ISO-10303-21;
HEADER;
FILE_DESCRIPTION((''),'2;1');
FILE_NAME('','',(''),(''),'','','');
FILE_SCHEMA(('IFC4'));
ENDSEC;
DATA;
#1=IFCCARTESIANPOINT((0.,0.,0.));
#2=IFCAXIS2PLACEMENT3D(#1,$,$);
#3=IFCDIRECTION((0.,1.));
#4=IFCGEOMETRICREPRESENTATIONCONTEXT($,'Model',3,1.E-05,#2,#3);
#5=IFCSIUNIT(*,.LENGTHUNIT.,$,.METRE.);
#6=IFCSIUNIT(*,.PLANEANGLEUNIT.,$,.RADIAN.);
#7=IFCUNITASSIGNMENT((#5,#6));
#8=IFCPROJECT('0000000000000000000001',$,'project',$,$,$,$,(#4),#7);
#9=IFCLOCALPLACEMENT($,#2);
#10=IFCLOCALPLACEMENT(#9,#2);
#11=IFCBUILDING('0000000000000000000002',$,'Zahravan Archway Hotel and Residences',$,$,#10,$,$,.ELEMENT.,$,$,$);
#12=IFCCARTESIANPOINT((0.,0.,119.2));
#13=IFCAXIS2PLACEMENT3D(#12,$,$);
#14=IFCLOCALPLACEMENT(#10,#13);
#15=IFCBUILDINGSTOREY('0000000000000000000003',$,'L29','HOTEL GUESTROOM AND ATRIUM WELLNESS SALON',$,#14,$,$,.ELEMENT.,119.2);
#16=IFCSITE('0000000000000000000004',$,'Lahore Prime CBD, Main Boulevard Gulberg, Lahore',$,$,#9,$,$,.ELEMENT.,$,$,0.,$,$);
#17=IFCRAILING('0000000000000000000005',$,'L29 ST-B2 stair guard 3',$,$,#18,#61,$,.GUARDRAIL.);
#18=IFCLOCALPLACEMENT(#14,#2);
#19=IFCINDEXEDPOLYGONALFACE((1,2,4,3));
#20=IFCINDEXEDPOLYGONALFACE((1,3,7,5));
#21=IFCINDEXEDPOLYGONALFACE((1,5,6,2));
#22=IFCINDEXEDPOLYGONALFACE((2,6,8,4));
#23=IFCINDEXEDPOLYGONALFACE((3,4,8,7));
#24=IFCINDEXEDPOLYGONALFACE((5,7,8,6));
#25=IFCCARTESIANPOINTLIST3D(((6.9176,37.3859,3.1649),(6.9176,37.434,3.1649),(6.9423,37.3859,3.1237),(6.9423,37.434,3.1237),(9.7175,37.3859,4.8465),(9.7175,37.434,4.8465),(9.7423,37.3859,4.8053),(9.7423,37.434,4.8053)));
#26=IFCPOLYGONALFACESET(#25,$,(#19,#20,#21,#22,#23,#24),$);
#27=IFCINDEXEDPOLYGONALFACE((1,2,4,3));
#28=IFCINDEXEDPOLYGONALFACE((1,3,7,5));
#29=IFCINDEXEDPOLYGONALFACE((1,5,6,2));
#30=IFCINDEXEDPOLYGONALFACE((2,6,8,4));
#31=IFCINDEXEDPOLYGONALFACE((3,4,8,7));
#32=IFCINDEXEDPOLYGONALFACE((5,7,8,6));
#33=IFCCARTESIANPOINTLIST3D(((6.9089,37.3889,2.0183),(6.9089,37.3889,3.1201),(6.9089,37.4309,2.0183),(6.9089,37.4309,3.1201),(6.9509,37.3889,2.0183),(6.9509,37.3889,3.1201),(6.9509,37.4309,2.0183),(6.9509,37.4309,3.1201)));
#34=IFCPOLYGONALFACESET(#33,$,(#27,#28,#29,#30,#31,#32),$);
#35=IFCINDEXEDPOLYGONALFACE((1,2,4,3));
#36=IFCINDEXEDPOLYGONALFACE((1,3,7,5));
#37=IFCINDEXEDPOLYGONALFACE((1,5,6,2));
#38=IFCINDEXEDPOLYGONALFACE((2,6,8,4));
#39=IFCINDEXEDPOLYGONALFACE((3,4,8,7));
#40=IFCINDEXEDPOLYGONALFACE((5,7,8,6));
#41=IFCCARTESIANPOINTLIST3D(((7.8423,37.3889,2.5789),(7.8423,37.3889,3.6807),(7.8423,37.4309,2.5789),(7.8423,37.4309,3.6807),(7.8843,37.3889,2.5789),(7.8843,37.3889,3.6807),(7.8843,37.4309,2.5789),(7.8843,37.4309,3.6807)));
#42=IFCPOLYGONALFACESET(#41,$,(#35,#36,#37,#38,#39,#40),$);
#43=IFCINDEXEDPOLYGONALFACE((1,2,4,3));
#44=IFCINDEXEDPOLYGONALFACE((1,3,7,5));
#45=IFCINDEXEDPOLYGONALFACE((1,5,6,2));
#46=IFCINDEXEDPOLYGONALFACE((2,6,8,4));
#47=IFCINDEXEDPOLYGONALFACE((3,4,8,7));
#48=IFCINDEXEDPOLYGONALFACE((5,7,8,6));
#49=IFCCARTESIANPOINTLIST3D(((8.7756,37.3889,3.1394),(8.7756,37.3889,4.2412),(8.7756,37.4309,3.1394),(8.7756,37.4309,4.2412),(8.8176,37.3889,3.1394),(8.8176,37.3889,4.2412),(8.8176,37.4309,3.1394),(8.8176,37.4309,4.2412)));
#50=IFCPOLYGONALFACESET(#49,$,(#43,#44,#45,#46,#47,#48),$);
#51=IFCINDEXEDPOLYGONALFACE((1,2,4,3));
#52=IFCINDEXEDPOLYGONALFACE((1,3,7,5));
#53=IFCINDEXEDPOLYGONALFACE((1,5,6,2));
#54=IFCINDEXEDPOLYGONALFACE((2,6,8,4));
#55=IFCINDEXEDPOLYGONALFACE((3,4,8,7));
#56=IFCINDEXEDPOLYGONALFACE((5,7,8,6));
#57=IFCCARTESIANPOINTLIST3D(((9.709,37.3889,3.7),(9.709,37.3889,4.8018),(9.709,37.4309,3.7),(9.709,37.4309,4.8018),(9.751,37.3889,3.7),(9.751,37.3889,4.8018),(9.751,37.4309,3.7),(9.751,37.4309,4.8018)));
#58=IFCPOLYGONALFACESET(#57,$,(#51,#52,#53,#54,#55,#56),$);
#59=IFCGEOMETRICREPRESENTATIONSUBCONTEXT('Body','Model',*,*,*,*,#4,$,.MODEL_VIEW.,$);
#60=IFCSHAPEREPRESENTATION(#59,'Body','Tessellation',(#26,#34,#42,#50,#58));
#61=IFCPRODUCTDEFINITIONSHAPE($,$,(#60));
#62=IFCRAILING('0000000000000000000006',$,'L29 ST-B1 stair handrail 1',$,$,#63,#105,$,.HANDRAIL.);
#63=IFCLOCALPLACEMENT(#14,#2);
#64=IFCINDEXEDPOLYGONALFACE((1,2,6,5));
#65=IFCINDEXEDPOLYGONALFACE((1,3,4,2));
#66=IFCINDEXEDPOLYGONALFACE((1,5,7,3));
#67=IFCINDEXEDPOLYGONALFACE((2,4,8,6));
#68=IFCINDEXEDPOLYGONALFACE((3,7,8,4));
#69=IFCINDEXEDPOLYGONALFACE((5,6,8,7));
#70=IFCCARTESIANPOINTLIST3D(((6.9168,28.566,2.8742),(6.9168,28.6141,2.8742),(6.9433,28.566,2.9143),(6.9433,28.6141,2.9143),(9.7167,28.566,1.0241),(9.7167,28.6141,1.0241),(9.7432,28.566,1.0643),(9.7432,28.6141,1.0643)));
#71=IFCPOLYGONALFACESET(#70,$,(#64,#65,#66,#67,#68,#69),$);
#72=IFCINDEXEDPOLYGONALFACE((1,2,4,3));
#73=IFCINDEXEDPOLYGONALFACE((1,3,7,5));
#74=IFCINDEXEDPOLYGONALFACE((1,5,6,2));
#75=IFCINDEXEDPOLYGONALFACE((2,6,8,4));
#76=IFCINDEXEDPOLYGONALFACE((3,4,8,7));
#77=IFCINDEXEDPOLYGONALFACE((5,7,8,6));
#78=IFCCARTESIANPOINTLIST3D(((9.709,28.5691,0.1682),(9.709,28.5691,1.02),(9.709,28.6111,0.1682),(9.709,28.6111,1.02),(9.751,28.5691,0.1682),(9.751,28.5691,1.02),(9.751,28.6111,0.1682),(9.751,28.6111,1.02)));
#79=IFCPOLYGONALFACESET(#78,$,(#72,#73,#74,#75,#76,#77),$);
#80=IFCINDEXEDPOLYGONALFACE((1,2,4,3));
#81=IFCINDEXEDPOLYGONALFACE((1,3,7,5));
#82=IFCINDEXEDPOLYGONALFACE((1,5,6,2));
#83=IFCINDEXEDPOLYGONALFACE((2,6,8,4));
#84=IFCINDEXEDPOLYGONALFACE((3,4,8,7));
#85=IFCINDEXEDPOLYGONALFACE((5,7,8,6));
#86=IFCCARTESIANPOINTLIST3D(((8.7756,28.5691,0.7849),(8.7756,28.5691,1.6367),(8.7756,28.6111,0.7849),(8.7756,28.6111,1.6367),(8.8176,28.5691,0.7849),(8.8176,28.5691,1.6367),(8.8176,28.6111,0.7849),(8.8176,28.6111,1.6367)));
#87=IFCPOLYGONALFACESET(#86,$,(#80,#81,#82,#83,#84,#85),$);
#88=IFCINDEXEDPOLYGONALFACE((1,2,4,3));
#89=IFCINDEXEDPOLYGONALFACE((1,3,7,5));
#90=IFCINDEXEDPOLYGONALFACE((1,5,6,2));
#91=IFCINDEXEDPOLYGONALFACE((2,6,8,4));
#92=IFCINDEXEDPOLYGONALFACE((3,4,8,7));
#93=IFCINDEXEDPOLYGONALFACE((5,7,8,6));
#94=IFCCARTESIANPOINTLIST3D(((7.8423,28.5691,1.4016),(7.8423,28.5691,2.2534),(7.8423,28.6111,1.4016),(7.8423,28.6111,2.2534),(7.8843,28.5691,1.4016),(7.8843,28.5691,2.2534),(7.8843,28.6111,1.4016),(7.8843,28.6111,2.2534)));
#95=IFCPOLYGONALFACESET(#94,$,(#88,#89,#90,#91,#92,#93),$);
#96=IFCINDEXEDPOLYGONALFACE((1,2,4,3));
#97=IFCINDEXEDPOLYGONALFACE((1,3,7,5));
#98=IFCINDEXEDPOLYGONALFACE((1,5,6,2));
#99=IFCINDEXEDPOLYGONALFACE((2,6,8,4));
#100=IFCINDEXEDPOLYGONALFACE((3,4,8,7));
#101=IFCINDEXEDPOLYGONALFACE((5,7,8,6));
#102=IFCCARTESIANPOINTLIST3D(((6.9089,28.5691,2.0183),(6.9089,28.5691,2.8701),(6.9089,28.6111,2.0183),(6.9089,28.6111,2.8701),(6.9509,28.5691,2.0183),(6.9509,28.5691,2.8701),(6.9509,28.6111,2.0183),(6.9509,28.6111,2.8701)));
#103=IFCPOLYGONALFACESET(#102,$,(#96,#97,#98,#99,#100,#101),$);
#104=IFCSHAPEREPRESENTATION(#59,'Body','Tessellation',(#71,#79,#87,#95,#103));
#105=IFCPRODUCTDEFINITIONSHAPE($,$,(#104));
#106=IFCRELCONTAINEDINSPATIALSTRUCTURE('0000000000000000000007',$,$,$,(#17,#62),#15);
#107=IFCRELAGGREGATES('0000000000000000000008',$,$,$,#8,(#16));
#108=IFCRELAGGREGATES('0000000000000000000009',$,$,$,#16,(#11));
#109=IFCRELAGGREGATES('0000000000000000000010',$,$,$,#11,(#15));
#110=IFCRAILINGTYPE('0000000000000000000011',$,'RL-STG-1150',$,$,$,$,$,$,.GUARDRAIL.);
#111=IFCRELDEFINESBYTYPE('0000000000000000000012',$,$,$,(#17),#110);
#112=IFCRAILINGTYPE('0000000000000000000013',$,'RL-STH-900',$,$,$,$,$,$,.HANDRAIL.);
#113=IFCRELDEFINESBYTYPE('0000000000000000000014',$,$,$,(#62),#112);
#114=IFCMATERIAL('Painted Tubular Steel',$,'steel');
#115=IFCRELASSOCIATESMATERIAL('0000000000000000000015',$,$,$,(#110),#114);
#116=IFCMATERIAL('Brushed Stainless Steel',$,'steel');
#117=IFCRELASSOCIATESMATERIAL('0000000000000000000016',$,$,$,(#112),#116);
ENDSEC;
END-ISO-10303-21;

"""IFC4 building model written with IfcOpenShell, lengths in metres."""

from ifc_helpers import new_model, si_unit, direction, frame, origin, origin_2d, place, context, subcontext, project, spatial, rectangle, extrude, material, type_object, element, save


model = new_model("IFC4")

# Units and contexts
model_context = context("Model", 3, precision=1e-05, world=origin(), true_north=direction((0.0, 1.0)))
body_context = subcontext(model_context, "Body", "Model", "MODEL_VIEW")
ifc_project = project(units=[si_unit("LENGTHUNIT", "METRE"), si_unit("PLANEANGLEUNIT", "RADIAN")], contexts=[model_context])

# Site, building, storey
site_placement = place(None, origin())
site = spatial("IfcSite", under=ifc_project, at=site_placement, Name="Lahore Prime CBD, Main Boulevard Gulberg, Lahore", CompositionType="ELEMENT", RefElevation=0.0)
building_placement = place(site_placement, origin())
building = spatial("IfcBuilding", under=site, at=building_placement, Name="Zahravan Archway Hotel and Residences", CompositionType="ELEMENT")
storey_placement = place(building_placement, frame((0.0, 0.0, 119.2)))
storey = spatial("IfcBuildingStorey", under=building, at=storey_placement, Name="L29", Description="HOTEL GUESTROOM AND ATRIUM WELLNESS SALON", CompositionType="ELEMENT", Elevation=119.2)

# Shared definitions
ifc_material_1 = material(Name="Brushed Stainless Steel", Category="steel")

# Railings
ifc_material_2 = material(Name="Painted Tubular Steel", Category="steel")
railing_type_1 = type_object("IfcRailingType", Name="RL-STG-1150", PredefinedType="GUARDRAIL", material=ifc_material_2)
railing_1_placement = place(storey_placement, frame((6.9299, 37.4099, 2.0183)))
element("IfcRailing", 1, at=railing_1_placement, inside=storey, type_object=railing_type_1, Name="L29 ST-B2 stair guard 3", PredefinedType="GUARDRAIL", context=body_context, shape_type="SweptSolid", body=[
    extrude(rectangle(XDim=0.0481, YDim=0.0481, at=origin_2d()), frame((0.0, 0.0, 1.126), z_axis=(0.857275, 0.0, 0.514858), x_axis=(0.0, 1.0, 0.0)), (0.0, 0.0, 1.0), 3.2661),
    extrude(rectangle(XDim=0.042, YDim=0.042, at=origin_2d()), origin(), (0.0, 0.0, 1.0), 1.1018),
    extrude(rectangle(XDim=0.042, YDim=0.042, at=origin_2d()), frame((0.9333, 0.0, 0.5605)), (0.0, 0.0, 1.0), 1.1018),
    extrude(rectangle(XDim=0.042, YDim=0.042, at=origin_2d()), frame((1.8667, 0.0, 1.1211)), (0.0, 0.0, 1.0), 1.1018),
    extrude(rectangle(XDim=0.042, YDim=0.042, at=origin_2d()), frame((2.8, 0.0, 1.6816)), (0.0, 0.0, 1.0), 1.1018),
])
railing_type_2 = type_object("IfcRailingType", Name="RL-STH-900", PredefinedType="HANDRAIL", material=ifc_material_1)
railing_2_placement = place(storey_placement, frame((9.73, 28.5901, 0.1682)))
element("IfcRailing", 2, at=railing_2_placement, inside=storey, type_object=railing_type_2, Name="L29 ST-B1 stair handrail 1", PredefinedType="HANDRAIL", context=body_context, shape_type="SweptSolid", body=[
    extrude(rectangle(XDim=0.0481, YDim=0.0481, at=origin_2d()), frame((0.0, 0.0, 0.876), z_axis=(-0.834326, 0.0, 0.551271), x_axis=(0.0, -1.0, 0.0)), (0.0, 0.0, 1.0), 3.356),
    extrude(rectangle(XDim=0.042, YDim=0.042, at=origin_2d()), origin(), (0.0, 0.0, 1.0), 0.8518),
    extrude(rectangle(XDim=0.042, YDim=0.042, at=origin_2d()), frame((-0.9333, 0.0, 0.6167)), (0.0, 0.0, 1.0), 0.8518),
    extrude(rectangle(XDim=0.042, YDim=0.042, at=origin_2d()), frame((-1.8667, 0.0, 1.2334)), (0.0, 0.0, 1.0), 0.8518),
    extrude(rectangle(XDim=0.042, YDim=0.042, at=origin_2d()), frame((-2.8, 0.0, 1.8501)), (0.0, 0.0, 1.0), 0.8518),
])

save(model, "model.ifc")
